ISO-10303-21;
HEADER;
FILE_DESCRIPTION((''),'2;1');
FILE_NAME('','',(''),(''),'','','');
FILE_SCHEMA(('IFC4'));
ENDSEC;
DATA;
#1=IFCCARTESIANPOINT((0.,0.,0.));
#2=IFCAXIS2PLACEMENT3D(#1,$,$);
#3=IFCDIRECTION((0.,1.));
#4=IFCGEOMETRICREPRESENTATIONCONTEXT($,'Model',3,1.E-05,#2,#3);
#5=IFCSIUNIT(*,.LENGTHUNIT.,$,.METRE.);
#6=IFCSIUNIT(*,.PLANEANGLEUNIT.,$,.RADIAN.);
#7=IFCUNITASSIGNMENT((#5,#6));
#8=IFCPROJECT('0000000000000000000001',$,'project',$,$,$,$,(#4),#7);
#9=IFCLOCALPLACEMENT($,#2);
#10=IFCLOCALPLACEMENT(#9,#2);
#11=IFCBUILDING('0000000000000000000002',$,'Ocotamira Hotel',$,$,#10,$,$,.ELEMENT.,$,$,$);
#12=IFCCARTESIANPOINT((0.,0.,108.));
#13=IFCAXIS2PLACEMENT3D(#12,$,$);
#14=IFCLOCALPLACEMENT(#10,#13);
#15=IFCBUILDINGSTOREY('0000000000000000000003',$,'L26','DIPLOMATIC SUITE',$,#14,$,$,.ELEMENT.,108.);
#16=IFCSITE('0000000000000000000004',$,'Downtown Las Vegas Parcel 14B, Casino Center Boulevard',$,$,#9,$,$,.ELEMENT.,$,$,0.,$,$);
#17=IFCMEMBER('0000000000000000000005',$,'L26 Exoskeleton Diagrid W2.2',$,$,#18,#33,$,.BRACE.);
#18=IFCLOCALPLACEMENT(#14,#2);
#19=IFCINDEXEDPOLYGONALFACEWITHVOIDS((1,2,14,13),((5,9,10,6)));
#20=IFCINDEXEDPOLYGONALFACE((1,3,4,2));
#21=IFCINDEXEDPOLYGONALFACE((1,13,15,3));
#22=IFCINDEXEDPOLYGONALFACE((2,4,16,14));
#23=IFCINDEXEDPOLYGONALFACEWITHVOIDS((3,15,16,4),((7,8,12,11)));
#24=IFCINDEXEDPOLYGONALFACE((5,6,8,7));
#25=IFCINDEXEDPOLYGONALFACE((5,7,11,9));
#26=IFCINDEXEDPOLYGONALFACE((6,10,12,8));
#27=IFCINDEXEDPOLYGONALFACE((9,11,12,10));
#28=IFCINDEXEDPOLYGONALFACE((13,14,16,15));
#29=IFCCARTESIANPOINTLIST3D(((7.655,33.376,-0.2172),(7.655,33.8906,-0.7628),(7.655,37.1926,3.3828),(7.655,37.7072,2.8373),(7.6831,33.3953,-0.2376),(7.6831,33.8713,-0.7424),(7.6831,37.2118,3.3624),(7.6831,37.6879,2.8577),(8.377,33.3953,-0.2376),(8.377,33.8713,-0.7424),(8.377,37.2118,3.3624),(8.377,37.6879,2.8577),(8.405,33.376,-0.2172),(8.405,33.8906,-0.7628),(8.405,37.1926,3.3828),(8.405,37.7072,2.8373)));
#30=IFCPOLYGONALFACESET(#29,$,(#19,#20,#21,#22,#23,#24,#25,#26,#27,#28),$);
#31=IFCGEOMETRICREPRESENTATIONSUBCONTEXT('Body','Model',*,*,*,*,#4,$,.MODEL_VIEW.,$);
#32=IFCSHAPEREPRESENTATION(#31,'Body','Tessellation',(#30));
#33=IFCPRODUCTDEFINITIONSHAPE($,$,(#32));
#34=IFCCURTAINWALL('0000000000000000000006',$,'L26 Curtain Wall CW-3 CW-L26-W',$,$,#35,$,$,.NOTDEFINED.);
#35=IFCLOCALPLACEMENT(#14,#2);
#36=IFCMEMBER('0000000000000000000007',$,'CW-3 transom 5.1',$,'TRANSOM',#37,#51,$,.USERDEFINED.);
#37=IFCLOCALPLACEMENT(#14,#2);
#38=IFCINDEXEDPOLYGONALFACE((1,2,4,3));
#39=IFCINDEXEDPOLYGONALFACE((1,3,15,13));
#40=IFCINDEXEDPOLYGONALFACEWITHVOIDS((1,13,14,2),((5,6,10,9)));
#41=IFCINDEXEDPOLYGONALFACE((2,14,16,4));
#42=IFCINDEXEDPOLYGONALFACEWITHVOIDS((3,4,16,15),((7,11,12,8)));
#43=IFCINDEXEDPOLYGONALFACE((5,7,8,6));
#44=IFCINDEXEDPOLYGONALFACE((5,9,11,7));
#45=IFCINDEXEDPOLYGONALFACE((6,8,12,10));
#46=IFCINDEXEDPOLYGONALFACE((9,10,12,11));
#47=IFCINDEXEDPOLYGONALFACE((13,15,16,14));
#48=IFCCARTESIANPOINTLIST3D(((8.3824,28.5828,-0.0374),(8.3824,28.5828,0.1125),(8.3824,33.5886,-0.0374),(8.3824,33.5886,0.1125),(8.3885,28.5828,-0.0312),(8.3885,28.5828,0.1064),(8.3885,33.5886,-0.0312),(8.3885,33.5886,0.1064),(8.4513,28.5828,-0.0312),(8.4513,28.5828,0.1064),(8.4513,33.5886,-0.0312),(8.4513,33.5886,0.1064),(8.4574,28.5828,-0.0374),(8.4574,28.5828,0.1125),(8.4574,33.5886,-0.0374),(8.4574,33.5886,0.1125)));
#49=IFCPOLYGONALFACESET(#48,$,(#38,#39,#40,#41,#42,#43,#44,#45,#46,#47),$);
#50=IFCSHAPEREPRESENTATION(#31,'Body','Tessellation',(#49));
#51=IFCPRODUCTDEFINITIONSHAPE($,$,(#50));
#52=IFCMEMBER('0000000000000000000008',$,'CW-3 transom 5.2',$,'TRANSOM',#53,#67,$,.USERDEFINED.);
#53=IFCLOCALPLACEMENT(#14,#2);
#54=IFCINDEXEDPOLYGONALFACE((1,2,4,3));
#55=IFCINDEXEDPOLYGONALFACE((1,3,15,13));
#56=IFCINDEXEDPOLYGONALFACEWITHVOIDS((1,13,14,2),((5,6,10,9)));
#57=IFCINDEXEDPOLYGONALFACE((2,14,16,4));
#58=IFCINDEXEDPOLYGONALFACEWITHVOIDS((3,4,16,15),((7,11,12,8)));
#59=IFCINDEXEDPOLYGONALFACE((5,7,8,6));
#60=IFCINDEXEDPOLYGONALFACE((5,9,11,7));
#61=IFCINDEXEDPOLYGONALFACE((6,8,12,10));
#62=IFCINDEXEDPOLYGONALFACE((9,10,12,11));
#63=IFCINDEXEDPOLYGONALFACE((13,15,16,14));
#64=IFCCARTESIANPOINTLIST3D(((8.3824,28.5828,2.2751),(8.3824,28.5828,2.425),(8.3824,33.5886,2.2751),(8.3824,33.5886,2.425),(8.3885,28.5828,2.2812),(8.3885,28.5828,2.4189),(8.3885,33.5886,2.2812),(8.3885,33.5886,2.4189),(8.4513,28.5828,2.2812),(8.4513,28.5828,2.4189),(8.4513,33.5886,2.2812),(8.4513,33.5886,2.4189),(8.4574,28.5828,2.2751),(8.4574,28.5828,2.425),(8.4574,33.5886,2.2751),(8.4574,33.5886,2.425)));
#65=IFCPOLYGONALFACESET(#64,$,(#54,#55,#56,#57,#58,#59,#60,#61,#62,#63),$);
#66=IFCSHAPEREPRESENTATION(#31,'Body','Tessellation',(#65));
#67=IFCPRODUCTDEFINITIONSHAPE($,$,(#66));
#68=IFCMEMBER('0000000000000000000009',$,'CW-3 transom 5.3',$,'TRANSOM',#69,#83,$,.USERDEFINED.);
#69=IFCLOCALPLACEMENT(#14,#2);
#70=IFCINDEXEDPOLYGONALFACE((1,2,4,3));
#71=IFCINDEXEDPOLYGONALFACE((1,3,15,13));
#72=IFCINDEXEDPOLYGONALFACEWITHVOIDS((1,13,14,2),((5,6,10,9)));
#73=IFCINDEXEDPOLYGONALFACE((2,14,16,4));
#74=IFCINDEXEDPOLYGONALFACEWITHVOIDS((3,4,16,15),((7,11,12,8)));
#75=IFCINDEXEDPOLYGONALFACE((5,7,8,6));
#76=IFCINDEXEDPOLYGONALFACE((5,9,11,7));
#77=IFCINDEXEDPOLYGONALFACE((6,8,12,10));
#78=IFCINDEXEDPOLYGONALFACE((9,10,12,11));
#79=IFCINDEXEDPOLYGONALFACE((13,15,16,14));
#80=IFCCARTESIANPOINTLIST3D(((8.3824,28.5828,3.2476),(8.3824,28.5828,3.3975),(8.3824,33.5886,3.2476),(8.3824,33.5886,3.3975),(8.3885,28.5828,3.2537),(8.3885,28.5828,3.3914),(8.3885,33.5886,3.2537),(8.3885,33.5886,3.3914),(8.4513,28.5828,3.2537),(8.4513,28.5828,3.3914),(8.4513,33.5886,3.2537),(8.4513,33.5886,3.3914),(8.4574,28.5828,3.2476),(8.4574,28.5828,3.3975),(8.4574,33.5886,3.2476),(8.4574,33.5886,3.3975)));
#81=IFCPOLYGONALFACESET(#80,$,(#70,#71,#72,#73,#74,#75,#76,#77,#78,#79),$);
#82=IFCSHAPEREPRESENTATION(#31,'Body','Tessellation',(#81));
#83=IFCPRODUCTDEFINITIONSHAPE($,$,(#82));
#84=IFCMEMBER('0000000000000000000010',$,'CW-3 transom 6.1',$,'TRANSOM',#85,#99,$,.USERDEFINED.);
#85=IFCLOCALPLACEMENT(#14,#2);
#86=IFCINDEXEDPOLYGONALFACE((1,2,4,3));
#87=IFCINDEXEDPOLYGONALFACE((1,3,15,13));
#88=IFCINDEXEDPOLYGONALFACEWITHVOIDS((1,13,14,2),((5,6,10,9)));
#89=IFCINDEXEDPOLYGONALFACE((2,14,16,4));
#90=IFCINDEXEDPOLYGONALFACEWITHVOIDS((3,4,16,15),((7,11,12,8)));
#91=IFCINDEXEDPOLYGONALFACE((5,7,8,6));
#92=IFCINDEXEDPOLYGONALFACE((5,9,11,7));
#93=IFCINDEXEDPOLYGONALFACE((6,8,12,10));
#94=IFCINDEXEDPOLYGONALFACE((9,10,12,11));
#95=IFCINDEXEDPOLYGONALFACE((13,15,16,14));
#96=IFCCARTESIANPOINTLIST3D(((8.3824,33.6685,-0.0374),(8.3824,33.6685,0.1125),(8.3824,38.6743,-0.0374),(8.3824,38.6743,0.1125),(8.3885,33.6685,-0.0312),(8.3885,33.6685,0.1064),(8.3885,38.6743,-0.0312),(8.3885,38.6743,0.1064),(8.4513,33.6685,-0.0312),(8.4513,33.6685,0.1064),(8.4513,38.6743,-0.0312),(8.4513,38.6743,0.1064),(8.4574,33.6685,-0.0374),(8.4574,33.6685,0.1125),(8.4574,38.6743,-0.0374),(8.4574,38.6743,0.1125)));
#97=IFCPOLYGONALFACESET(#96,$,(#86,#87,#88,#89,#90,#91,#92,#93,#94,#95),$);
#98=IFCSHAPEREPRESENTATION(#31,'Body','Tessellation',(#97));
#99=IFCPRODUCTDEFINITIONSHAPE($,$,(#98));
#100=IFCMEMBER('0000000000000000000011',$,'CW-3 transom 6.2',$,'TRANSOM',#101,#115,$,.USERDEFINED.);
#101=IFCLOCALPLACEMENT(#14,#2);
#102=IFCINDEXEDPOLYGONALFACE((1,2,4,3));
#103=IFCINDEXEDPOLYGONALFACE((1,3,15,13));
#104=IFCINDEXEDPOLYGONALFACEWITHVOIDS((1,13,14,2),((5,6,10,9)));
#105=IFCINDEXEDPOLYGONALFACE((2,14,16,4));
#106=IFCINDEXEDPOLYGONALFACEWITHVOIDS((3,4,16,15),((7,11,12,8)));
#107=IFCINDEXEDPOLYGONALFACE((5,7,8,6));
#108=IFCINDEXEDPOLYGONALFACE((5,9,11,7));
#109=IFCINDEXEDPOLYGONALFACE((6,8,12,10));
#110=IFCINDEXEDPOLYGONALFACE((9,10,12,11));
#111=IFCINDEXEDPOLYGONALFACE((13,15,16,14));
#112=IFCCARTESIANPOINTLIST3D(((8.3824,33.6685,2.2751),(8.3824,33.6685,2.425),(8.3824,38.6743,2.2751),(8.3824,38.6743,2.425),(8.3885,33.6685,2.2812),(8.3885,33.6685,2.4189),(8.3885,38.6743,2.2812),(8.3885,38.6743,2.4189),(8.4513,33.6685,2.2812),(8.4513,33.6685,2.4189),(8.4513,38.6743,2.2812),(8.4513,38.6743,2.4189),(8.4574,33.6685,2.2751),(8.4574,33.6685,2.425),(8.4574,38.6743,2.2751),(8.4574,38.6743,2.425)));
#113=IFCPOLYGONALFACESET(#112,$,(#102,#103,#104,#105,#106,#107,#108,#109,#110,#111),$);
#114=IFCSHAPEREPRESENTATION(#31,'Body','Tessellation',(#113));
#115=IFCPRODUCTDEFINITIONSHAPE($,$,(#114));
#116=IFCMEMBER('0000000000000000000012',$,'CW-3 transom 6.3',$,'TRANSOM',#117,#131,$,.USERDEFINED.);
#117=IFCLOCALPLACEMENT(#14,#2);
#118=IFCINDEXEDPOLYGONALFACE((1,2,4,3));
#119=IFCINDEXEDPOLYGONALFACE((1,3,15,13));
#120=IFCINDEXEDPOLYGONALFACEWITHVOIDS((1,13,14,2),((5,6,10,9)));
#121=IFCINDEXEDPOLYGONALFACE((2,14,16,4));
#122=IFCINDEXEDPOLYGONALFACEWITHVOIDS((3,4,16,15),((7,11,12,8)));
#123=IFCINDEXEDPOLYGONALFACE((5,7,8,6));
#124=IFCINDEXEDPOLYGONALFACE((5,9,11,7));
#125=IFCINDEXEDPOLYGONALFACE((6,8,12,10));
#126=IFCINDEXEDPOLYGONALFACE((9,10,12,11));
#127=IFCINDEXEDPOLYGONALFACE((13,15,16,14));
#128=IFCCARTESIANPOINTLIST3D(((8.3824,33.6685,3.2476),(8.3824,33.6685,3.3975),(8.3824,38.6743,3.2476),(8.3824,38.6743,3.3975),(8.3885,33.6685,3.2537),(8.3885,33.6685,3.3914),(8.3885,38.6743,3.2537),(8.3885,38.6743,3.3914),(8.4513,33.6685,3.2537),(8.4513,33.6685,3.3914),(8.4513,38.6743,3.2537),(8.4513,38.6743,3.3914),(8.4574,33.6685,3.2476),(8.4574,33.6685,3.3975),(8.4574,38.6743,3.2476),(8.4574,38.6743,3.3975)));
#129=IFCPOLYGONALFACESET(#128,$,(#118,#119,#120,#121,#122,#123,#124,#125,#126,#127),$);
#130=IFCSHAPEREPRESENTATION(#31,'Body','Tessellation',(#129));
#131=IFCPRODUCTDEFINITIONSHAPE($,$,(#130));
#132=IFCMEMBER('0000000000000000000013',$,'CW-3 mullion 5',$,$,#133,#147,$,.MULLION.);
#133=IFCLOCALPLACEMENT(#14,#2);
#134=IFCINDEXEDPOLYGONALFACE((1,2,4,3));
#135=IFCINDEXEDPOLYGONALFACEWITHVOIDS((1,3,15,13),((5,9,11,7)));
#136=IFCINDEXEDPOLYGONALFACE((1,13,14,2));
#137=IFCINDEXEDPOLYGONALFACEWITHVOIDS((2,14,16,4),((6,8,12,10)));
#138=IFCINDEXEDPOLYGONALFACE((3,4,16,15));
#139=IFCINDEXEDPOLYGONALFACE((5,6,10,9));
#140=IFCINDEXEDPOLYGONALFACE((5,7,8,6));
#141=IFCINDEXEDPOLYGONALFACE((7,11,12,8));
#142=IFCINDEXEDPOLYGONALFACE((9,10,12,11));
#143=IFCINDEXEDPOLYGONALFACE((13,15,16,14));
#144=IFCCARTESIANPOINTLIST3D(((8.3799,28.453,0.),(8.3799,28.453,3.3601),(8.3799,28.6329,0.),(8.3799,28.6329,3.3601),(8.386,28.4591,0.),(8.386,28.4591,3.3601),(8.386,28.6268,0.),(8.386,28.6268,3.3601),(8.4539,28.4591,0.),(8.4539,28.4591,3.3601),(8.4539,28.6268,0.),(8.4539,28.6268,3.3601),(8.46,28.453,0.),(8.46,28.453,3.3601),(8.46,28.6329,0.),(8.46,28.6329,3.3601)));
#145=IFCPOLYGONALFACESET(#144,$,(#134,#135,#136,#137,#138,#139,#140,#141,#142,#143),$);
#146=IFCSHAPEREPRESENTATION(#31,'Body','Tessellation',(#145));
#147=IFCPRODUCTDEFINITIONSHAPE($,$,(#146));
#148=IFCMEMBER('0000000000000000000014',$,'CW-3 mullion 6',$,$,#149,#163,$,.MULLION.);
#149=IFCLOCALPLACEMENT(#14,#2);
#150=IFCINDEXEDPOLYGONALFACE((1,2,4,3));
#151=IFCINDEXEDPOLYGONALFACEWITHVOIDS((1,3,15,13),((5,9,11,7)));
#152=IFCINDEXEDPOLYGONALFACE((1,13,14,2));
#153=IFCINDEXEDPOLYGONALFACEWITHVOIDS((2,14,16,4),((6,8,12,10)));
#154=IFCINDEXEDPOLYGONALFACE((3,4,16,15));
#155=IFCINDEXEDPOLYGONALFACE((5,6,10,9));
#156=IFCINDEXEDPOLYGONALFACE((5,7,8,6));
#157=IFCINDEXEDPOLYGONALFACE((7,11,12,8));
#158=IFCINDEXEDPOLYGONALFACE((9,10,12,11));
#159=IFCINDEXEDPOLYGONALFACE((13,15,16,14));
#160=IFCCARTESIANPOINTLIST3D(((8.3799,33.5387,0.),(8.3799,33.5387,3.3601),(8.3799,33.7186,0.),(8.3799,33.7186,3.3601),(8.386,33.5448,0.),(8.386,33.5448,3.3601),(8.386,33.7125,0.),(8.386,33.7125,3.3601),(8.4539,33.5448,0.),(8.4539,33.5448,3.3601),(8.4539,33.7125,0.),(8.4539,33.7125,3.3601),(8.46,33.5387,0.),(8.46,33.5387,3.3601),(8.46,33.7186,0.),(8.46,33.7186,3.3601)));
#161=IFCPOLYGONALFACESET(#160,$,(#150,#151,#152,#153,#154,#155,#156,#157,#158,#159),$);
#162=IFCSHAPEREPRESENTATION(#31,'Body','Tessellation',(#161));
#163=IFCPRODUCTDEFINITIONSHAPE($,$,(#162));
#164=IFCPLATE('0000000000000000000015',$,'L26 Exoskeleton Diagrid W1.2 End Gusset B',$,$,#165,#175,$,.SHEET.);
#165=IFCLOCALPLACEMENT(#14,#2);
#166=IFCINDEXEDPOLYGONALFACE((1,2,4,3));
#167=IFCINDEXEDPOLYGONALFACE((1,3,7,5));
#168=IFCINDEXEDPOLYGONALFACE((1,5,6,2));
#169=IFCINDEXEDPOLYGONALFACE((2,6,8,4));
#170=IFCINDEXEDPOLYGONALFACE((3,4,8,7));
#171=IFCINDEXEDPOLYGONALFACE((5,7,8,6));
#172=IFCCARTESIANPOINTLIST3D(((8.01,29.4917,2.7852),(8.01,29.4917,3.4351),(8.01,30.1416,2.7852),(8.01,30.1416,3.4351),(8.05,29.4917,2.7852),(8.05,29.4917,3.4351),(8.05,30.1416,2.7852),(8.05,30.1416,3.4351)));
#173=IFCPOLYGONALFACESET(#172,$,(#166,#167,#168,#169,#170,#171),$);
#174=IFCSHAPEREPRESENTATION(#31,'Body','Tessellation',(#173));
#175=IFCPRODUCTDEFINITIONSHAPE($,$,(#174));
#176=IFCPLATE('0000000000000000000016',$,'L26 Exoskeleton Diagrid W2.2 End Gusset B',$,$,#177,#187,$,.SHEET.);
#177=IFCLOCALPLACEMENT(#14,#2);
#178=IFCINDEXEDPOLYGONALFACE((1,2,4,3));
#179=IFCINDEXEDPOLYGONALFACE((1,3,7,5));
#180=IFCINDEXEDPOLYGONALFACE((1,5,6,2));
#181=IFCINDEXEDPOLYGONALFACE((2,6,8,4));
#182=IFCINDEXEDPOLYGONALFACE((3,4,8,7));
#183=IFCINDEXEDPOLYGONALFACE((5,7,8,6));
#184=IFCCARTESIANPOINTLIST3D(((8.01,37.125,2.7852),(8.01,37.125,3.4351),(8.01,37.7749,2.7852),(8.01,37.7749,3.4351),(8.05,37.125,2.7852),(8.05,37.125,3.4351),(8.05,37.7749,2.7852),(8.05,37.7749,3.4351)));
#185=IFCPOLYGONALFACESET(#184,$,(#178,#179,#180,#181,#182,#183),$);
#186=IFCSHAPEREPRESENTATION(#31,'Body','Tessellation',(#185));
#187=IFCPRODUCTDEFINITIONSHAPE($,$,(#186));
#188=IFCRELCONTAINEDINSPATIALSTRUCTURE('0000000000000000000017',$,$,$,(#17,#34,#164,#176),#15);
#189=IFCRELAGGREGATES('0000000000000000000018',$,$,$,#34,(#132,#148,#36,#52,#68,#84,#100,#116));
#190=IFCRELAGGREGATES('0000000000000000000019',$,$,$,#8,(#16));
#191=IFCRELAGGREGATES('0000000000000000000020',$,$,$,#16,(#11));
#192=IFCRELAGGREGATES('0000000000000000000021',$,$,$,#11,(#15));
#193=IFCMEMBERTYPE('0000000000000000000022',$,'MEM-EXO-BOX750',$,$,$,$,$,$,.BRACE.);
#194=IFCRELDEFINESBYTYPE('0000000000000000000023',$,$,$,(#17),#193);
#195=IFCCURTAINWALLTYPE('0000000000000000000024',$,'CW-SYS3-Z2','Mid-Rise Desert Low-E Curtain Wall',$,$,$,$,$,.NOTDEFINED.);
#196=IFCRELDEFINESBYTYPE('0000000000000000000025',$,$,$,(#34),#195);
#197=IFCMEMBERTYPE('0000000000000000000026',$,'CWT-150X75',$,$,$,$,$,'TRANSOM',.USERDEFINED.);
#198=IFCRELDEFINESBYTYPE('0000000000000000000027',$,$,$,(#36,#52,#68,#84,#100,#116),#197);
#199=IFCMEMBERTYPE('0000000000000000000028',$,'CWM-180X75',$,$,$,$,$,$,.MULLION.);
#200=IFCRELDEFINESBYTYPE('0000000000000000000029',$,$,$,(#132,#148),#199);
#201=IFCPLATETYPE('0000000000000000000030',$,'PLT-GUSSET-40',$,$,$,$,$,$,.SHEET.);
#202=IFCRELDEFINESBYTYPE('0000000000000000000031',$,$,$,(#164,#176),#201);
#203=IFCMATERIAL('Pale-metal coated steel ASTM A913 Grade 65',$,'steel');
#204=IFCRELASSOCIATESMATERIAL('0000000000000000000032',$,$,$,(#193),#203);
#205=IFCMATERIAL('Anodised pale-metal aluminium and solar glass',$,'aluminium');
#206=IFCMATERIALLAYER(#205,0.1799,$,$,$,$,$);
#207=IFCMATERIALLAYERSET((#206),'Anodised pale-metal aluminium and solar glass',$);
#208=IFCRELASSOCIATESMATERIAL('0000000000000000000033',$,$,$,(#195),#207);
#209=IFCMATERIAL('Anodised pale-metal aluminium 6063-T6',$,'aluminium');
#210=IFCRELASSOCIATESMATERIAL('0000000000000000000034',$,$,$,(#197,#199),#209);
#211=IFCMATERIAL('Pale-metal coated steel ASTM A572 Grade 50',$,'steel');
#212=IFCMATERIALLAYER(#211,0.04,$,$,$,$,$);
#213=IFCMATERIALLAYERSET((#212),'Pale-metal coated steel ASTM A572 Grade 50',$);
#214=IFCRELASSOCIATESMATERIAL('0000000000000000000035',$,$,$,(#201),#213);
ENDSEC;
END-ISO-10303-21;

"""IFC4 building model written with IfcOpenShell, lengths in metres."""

from ifc_helpers import new_model, si_unit, direction, frame, origin, origin_2d, place, context, subcontext, project, spatial, rectangle, hollow_rectangle, extrude, source, transform, mapped, material, layer, layer_set, material_profile, profile_set, type_object, element, aggregate, save


model = new_model("IFC4")

# Units and contexts
model_context = context("Model", 3, precision=1e-05, world=origin(), true_north=direction((0.0, 1.0)))
body_context = subcontext(model_context, "Body", "Model", "MODEL_VIEW")
ifc_project = project(units=[si_unit("LENGTHUNIT", "METRE"), si_unit("PLANEANGLEUNIT", "RADIAN")], contexts=[model_context])

# Site, building, storey
site_placement = place(None, origin())
site = spatial("IfcSite", under=ifc_project, at=site_placement, Name="Downtown Las Vegas Parcel 14B, Casino Center Boulevard", CompositionType="ELEMENT", RefElevation=0.0)
building_placement = place(site_placement, origin())
building = spatial("IfcBuilding", under=site, at=building_placement, Name="Ocotamira Hotel", CompositionType="ELEMENT")
storey_placement = place(building_placement, frame((0.0, 0.0, 108.0)))
storey = spatial("IfcBuildingStorey", under=building, at=storey_placement, Name="L26", Description="DIPLOMATIC SUITE", CompositionType="ELEMENT", Elevation=108.0)

# Member
ifc_material_1 = material(Name="Pale-metal coated steel ASTM A913 Grade 65", Category="steel")
ifc_material_profile_1 = material_profile(ifc_material_1, hollow_rectangle(XDim=0.75, YDim=0.75, WallThickness=0.0281, at=origin_2d()), Name="BOX750X750X28")
ifc_profile_set_1 = profile_set([ifc_material_profile_1], Name="Pale-metal coated steel ASTM A913 Grade 65")
member_type_1 = type_object("IfcMemberType", Name="MEM-EXO-BOX750", PredefinedType="BRACE", material=ifc_profile_set_1)
shared_shape_1 = source(origin(), body_context, "Body", "SweptSolid", [
    extrude(hollow_rectangle(XDim=0.75, YDim=0.75, WallThickness=0.0281, at=origin_2d()), origin(), (0.0, 0.0, 1.0), 5.2466),
])
for number, where, z_axis, x_axis, name in (
    (1, (8.03, 33.6333, -0.49), (0.0, 0.727443, 0.686168), (-1.0, 0.0, 0.0), "L26 Exoskeleton Diagrid W2.2"),
):
    element("IfcMember", number, at=place(storey_placement, frame(where, z_axis=z_axis, x_axis=x_axis)), inside=storey, type_object=member_type_1, Name=name, PredefinedType="BRACE", context=body_context, shape_type="MappedRepresentation", body=[
        mapped(shared_shape_1, transform((0.0, 0.0, 0.0), scale=1.0)),
    ])

# Curtain wall, members
ifc_material_2 = material(Name="Anodised pale-metal aluminium and solar glass", Category="aluminium")
ifc_layer_1 = layer(ifc_material_2, 0.1799)
ifc_layer_set_1 = layer_set([ifc_layer_1], Name="Anodised pale-metal aluminium and solar glass")
curtain_wall_type = type_object("IfcCurtainWallType", Name="CW-SYS3-Z2", Description="Mid-Rise Desert Low-E Curtain Wall", PredefinedType="NOTDEFINED", material=ifc_layer_set_1)
curtain_wall_placement = place(storey_placement, origin())
curtain_wall = element("IfcCurtainWall", 2, at=curtain_wall_placement, inside=storey, type_object=curtain_wall_type, Name="L26 Curtain Wall CW-3 CW-L26-W", PredefinedType="NOTDEFINED")
ifc_material_3 = material(Name="Anodised pale-metal aluminium 6063-T6", Category="aluminium")
ifc_material_profile_2 = material_profile(ifc_material_3, hollow_rectangle(XDim=0.075, YDim=0.1499, WallThickness=0.0061, at=origin_2d()), Name="HSS150X75X6")
ifc_profile_set_2 = profile_set([ifc_material_profile_2], Name="Anodised pale-metal aluminium 6063-T6")
member_type_2 = type_object("IfcMemberType", Name="CWT-150X75", ElementType="TRANSOM", PredefinedType="USERDEFINED", material=ifc_profile_set_2)
shared_shape_2 = source(origin(), body_context, "Body", "SweptSolid", [
    extrude(hollow_rectangle(XDim=0.075, YDim=0.1499, WallThickness=0.0061, at=origin_2d()), origin(), (0.0, 0.0, 1.0), 5.0059),
])
member_1_placement = place(storey_placement, frame((8.4199, 28.5828, 0.0376), z_axis=(0.0, 1.0, 0.0), x_axis=(-1.0, 0.0, 0.0)))
member_1 = element("IfcMember", 3, at=member_1_placement, type_object=member_type_2, Name="CW-3 transom 5.1", ObjectType="TRANSOM", PredefinedType="USERDEFINED", context=body_context, shape_type="MappedRepresentation", body=[
    mapped(shared_shape_2, transform((0.0, 0.0, 0.0), scale=1.0)),
])
member_2_placement = place(storey_placement, frame((8.4199, 28.5828, 2.3501), z_axis=(0.0, 1.0, 0.0), x_axis=(-1.0, 0.0, 0.0)))
member_2 = element("IfcMember", 4, at=member_2_placement, type_object=member_type_2, Name="CW-3 transom 5.2", ObjectType="TRANSOM", PredefinedType="USERDEFINED", context=body_context, shape_type="MappedRepresentation", body=[
    mapped(shared_shape_2, transform((0.0, 0.0, 0.0), scale=1.0)),
])
member_3_placement = place(storey_placement, frame((8.4199, 28.5828, 3.3225), z_axis=(0.0, 1.0, 0.0), x_axis=(-1.0, 0.0, 0.0)))
member_3 = element("IfcMember", 5, at=member_3_placement, type_object=member_type_2, Name="CW-3 transom 5.3", ObjectType="TRANSOM", PredefinedType="USERDEFINED", context=body_context, shape_type="MappedRepresentation", body=[
    mapped(shared_shape_2, transform((0.0, 0.0, 0.0), scale=1.0)),
])
member_4_placement = place(storey_placement, frame((8.4199, 33.6685, 0.0376), z_axis=(0.0, 1.0, 0.0), x_axis=(-1.0, 0.0, 0.0)))
member_4 = element("IfcMember", 6, at=member_4_placement, type_object=member_type_2, Name="CW-3 transom 6.1", ObjectType="TRANSOM", PredefinedType="USERDEFINED", context=body_context, shape_type="MappedRepresentation", body=[
    mapped(shared_shape_2, transform((0.0, 0.0, 0.0), scale=1.0)),
])
member_5_placement = place(storey_placement, frame((8.4199, 33.6685, 2.3501), z_axis=(0.0, 1.0, 0.0), x_axis=(-1.0, 0.0, 0.0)))
member_5 = element("IfcMember", 7, at=member_5_placement, type_object=member_type_2, Name="CW-3 transom 6.2", ObjectType="TRANSOM", PredefinedType="USERDEFINED", context=body_context, shape_type="MappedRepresentation", body=[
    mapped(shared_shape_2, transform((0.0, 0.0, 0.0), scale=1.0)),
])
member_6_placement = place(storey_placement, frame((8.4199, 33.6685, 3.3225), z_axis=(0.0, 1.0, 0.0), x_axis=(-1.0, 0.0, 0.0)))
member_6 = element("IfcMember", 8, at=member_6_placement, type_object=member_type_2, Name="CW-3 transom 6.3", ObjectType="TRANSOM", PredefinedType="USERDEFINED", context=body_context, shape_type="MappedRepresentation", body=[
    mapped(shared_shape_2, transform((0.0, 0.0, 0.0), scale=1.0)),
])
ifc_material_profile_3 = material_profile(ifc_material_3, hollow_rectangle(XDim=0.0801, YDim=0.1799, WallThickness=0.0061, at=origin_2d()), Name="HSS180X80X6")
ifc_profile_set_3 = profile_set([ifc_material_profile_3], Name="Anodised pale-metal aluminium 6063-T6")
member_type_3 = type_object("IfcMemberType", Name="CWM-180X75", PredefinedType="MULLION", material=ifc_profile_set_3)
shared_shape_3 = source(origin(), body_context, "Body", "SweptSolid", [
    extrude(hollow_rectangle(XDim=0.0801, YDim=0.1799, WallThickness=0.0061, at=origin_2d()), origin(), (0.0, 0.0, 1.0), 3.3601),
])
member_7_placement = place(storey_placement, frame((8.4199, 28.543, 0.0), z_axis=(0.0, 0.0, 1.0), x_axis=(-1.0, 0.0, 0.0)))
member_7 = element("IfcMember", 9, at=member_7_placement, type_object=member_type_3, Name="CW-3 mullion 5", PredefinedType="MULLION", context=body_context, shape_type="MappedRepresentation", body=[
    mapped(shared_shape_3, transform((0.0, 0.0, 0.0), scale=1.0)),
])
member_8_placement = place(storey_placement, frame((8.4199, 33.6287, 0.0), z_axis=(0.0, 0.0, 1.0), x_axis=(-1.0, 0.0, 0.0)))
member_8 = element("IfcMember", 10, at=member_8_placement, type_object=member_type_3, Name="CW-3 mullion 6", PredefinedType="MULLION", context=body_context, shape_type="MappedRepresentation", body=[
    mapped(shared_shape_3, transform((0.0, 0.0, 0.0), scale=1.0)),
])

# Plates
ifc_material_4 = material(Name="Pale-metal coated steel ASTM A572 Grade 50", Category="steel")
ifc_layer_2 = layer(ifc_material_4, 0.04)
ifc_layer_set_2 = layer_set([ifc_layer_2], Name="Pale-metal coated steel ASTM A572 Grade 50")
plate_type_1 = type_object("IfcPlateType", Name="PLT-GUSSET-40", PredefinedType="SHEET", material=ifc_layer_set_2)
shared_shape_4 = source(origin(), body_context, "Body", "SweptSolid", [
    extrude(rectangle(XDim=0.04, YDim=0.6499, at=origin_2d()), origin(), (0.0, 0.0, 1.0), 0.6499),
])
for number, where, z_axis, x_axis, name in (
    (11, (8.03, 29.8167, 2.7852), (0.0, 0.0, 1.0), (1.0, 0.0, 0.0), "L26 Exoskeleton Diagrid W1.2 End Gusset B"),
    (12, (8.03, 37.45, 2.7852), (0.0, 0.0, 1.0), (1.0, 0.0, 0.0), "L26 Exoskeleton Diagrid W2.2 End Gusset B"),
):
    element("IfcPlate", number, at=place(storey_placement, frame(where, z_axis=z_axis, x_axis=x_axis)), inside=storey, type_object=plate_type_1, Name=name, PredefinedType="SHEET", context=body_context, shape_type="MappedRepresentation", body=[
        mapped(shared_shape_4, transform((0.0, 0.0, 0.0), scale=1.0)),
    ])

aggregate(curtain_wall, [member_7, member_8, member_1, member_2, member_3, member_4, member_5, member_6])

save(model, "model.ifc")
